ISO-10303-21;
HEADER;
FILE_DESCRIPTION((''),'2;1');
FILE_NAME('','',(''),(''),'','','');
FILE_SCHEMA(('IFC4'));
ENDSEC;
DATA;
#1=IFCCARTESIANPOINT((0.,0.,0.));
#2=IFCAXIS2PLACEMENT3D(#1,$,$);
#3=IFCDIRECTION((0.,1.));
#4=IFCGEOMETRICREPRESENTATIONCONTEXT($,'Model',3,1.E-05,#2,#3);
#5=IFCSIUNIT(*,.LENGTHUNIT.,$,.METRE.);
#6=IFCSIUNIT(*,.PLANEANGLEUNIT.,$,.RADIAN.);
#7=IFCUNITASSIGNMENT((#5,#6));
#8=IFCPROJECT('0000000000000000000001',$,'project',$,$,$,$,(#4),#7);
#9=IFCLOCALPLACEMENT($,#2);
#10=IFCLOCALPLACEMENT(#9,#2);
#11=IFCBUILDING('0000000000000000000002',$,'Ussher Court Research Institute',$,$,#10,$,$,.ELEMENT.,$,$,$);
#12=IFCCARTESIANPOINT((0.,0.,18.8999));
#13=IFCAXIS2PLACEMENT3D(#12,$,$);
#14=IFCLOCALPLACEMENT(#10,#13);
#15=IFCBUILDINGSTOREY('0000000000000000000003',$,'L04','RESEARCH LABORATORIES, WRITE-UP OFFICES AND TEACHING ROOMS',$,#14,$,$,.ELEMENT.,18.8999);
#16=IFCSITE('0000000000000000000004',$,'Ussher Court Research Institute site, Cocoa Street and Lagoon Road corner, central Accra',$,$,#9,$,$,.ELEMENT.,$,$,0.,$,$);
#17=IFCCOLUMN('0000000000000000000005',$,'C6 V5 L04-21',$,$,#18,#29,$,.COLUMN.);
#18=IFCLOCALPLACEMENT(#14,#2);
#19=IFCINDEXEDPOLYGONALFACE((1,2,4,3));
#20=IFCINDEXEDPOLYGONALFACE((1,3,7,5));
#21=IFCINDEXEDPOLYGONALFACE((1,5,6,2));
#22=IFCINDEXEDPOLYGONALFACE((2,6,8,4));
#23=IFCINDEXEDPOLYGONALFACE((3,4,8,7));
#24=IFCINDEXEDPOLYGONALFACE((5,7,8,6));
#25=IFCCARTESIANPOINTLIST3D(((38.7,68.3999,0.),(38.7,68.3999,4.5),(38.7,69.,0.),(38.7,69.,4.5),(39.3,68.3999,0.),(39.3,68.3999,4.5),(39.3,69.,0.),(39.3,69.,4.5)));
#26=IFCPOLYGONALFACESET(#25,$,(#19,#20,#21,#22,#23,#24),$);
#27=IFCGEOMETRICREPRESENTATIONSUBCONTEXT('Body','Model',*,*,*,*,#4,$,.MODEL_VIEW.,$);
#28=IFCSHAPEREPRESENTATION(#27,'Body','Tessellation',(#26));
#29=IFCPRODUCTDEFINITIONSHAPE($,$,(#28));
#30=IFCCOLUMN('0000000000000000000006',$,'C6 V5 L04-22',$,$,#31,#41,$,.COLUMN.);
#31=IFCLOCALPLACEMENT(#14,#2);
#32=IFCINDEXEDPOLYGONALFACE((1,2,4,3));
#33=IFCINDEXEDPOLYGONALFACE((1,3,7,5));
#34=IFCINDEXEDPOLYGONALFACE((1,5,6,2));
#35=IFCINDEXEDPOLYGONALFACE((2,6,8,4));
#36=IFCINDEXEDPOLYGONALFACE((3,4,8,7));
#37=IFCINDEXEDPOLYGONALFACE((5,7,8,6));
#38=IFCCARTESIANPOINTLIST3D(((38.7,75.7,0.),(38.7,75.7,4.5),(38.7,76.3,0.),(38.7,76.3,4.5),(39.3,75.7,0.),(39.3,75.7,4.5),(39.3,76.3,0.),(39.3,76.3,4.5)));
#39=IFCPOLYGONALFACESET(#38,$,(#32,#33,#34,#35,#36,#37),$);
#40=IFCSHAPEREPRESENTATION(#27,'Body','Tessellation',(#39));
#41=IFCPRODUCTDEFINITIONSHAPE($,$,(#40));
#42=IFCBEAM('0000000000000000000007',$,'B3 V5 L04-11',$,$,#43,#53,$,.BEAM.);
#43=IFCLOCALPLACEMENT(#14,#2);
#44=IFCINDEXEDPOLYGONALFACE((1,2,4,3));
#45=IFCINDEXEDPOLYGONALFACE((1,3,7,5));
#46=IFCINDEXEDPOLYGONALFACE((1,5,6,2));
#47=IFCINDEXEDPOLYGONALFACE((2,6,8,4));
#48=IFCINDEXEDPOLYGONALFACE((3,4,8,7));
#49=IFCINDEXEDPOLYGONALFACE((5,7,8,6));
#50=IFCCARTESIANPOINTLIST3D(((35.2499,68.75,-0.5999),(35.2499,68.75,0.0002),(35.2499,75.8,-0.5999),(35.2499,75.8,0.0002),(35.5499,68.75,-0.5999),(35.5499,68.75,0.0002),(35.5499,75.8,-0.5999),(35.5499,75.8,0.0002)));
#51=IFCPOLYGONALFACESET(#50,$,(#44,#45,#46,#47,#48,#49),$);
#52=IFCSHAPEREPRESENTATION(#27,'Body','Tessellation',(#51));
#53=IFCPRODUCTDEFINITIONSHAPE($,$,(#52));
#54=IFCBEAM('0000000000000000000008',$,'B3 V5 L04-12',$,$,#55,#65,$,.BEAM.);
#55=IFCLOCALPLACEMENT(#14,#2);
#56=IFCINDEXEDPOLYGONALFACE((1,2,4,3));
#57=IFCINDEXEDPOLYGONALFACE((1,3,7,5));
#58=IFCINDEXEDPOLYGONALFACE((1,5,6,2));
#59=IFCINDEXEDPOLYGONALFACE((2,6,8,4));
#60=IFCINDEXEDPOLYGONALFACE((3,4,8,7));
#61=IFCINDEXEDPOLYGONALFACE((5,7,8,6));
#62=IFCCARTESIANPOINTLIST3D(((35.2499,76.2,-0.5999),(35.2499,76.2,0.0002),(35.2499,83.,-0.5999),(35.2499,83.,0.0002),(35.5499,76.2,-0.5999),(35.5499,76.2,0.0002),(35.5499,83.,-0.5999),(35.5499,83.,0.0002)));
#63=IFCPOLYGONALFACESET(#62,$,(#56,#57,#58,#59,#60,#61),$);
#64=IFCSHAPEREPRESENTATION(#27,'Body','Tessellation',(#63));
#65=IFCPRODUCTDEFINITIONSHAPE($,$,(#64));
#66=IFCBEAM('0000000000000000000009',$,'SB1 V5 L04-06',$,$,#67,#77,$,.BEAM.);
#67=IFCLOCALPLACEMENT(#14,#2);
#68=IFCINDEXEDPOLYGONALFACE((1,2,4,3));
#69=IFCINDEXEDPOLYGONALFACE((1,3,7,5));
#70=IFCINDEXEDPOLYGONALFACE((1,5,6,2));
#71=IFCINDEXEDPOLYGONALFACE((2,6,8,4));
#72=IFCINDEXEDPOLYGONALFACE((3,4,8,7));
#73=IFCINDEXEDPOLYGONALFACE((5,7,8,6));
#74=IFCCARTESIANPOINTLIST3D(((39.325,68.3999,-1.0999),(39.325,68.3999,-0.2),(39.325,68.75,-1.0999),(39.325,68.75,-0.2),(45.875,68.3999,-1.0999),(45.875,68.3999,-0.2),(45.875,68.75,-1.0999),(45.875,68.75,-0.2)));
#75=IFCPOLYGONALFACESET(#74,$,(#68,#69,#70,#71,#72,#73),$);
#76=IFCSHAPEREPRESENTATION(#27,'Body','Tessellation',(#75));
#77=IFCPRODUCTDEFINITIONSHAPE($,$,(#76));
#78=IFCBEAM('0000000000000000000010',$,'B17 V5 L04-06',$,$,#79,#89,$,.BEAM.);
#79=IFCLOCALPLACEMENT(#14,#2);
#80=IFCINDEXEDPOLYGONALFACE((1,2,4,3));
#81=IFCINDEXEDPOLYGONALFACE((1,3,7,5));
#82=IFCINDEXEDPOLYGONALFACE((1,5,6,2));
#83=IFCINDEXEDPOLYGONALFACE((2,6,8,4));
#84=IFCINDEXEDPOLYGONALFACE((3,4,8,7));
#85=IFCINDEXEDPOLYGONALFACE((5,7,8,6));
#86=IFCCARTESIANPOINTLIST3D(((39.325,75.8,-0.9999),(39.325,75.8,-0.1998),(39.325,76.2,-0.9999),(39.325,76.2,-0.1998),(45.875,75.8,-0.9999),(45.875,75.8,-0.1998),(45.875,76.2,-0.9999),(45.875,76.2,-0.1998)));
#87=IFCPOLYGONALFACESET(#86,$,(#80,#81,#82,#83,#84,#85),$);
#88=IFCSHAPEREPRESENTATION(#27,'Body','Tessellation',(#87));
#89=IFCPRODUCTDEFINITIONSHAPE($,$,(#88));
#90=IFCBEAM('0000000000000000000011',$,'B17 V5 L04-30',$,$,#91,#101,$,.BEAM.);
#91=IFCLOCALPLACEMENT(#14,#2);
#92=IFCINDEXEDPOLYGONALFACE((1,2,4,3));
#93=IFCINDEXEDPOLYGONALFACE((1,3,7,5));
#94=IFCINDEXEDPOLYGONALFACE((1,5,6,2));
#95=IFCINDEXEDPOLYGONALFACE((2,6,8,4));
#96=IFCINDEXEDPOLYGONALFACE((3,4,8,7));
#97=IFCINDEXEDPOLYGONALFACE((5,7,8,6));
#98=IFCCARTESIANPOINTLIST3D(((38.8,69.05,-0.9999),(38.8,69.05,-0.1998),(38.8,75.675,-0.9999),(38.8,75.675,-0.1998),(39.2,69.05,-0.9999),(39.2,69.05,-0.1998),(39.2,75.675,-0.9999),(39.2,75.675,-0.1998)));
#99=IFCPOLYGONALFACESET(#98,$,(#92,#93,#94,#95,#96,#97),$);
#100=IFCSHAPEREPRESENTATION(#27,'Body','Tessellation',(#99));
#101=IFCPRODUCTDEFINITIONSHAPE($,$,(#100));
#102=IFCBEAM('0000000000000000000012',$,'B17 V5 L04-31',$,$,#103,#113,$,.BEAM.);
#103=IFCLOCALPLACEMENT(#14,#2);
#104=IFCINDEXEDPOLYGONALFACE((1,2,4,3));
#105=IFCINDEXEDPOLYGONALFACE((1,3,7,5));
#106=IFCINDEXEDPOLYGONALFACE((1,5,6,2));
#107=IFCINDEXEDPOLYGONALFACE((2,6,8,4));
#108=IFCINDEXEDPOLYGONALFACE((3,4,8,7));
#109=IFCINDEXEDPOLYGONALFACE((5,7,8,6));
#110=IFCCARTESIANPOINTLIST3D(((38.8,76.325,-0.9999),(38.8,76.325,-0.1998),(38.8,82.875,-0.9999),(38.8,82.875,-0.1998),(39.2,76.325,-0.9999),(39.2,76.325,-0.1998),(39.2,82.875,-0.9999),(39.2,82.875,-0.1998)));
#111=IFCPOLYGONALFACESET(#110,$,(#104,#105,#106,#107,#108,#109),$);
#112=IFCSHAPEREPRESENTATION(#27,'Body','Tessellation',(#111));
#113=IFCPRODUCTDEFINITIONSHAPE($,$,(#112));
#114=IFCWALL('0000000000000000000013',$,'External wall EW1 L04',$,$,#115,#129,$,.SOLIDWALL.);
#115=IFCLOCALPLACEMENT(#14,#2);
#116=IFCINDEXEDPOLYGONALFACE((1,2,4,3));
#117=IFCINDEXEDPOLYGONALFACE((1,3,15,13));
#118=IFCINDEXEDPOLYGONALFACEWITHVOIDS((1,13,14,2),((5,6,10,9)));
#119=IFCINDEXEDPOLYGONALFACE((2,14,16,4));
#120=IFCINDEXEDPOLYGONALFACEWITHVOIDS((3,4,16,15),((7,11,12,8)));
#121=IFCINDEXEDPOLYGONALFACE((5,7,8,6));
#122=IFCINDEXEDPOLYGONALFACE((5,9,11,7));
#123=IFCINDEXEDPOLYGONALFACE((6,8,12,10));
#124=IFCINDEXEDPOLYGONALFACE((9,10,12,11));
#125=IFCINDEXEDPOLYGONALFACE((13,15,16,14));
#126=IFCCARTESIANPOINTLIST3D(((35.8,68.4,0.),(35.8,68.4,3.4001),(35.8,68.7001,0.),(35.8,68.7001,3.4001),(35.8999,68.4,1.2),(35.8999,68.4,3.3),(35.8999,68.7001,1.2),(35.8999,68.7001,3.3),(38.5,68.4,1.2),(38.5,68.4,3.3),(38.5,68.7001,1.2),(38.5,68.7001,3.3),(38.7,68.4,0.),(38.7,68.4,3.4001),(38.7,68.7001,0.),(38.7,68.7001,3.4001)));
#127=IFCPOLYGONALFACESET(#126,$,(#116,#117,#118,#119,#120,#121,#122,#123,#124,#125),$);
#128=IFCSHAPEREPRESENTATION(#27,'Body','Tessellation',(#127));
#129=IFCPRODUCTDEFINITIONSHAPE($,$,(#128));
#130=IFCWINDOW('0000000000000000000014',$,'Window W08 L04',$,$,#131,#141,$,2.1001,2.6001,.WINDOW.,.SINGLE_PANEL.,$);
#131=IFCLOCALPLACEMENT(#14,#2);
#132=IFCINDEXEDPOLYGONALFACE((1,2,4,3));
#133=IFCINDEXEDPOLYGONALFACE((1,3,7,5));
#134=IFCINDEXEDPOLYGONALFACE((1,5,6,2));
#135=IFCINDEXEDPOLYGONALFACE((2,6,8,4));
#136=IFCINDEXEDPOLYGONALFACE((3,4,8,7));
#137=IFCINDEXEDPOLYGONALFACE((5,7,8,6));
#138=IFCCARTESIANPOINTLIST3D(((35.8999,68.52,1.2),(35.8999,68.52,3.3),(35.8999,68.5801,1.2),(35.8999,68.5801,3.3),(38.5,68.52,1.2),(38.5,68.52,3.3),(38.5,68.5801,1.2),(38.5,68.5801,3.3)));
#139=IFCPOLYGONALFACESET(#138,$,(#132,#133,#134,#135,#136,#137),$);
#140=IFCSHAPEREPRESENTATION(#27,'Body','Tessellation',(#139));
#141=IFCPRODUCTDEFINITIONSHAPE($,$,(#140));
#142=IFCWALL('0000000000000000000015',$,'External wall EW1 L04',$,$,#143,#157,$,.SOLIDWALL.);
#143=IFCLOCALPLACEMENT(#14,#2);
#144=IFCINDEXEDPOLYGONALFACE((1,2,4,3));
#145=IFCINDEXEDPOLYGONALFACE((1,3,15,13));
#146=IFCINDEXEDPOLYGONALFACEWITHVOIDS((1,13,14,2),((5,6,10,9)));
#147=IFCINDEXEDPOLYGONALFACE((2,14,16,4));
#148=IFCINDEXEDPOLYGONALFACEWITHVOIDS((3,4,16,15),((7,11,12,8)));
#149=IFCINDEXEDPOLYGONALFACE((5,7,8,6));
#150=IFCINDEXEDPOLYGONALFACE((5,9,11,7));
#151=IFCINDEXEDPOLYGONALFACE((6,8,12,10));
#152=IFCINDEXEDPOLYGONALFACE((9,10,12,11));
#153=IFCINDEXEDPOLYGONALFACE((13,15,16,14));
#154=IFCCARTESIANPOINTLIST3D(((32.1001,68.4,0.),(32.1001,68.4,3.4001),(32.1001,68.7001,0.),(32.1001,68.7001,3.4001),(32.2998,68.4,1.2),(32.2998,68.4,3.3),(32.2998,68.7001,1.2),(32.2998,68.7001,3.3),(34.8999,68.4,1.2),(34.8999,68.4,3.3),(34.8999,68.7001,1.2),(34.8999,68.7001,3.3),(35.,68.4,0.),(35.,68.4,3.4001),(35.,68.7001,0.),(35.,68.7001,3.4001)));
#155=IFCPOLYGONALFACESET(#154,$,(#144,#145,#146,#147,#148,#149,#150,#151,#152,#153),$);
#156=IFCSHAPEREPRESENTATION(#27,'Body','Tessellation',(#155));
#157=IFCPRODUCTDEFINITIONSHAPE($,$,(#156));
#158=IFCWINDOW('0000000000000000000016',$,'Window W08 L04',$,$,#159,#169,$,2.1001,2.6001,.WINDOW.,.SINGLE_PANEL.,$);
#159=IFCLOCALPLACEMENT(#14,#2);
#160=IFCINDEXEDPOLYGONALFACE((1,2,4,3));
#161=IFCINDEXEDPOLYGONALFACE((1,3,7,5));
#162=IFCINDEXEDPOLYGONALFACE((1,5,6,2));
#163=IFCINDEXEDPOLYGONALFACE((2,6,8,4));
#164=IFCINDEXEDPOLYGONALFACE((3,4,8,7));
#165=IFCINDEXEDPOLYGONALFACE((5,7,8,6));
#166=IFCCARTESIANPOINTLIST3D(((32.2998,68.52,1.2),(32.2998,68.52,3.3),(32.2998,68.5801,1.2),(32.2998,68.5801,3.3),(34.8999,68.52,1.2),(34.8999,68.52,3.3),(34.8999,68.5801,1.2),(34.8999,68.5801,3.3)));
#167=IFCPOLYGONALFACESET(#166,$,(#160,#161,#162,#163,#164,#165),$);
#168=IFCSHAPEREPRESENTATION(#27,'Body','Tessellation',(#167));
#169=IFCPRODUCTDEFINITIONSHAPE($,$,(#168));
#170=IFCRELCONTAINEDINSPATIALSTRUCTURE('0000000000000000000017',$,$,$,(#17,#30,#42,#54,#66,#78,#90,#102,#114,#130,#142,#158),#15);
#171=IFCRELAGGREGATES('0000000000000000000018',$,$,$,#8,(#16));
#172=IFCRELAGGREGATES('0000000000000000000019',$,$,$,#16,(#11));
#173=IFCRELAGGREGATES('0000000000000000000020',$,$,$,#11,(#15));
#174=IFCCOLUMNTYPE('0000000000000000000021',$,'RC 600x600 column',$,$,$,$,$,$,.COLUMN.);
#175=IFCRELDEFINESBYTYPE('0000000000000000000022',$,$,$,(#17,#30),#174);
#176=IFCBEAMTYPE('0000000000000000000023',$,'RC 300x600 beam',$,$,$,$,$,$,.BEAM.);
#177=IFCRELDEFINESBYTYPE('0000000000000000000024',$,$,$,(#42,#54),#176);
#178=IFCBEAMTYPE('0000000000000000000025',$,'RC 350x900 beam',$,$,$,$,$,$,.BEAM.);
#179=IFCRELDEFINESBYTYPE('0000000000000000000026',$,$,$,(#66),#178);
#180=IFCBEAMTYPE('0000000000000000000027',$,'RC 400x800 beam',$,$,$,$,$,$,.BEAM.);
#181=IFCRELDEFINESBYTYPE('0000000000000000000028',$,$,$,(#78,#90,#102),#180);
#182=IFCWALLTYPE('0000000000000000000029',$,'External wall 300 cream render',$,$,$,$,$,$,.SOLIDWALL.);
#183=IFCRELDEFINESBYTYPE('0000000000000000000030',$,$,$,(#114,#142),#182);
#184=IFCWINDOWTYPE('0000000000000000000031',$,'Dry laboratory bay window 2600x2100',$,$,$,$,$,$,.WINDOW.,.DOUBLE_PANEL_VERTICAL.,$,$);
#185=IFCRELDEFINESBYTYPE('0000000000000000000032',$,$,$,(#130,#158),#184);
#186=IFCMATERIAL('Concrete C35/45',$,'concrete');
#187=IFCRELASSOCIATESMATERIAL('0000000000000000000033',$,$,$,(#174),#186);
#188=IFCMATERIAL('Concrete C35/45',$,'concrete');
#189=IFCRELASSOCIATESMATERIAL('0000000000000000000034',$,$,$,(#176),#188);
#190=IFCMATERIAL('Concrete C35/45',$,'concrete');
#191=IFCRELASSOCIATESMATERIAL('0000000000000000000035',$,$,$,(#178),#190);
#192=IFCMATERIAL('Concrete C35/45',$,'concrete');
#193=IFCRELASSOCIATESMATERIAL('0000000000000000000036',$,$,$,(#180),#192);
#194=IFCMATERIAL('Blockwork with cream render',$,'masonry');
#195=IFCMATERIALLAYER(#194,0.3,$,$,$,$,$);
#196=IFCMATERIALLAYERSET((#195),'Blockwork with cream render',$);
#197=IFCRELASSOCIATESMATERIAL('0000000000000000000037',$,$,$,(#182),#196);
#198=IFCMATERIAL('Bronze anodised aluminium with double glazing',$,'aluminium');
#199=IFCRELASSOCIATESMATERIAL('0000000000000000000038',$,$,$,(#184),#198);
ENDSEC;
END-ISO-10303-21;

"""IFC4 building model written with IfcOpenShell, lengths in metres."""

from ifc_helpers import new_model, si_unit, direction, frame, frame_2d, origin, origin_2d, place, context, subcontext, project, spatial, rectangle, extrude, material, layer, layer_set, material_profile, profile_set, type_object, element, fill, save


model = new_model("IFC4")

# Units and contexts
model_context = context("Model", 3, precision=1e-05, world=origin(), true_north=direction((0.0, 1.0)))
body_context = subcontext(model_context, "Body", "Model", "MODEL_VIEW")
ifc_project = project(units=[si_unit("LENGTHUNIT", "METRE"), si_unit("PLANEANGLEUNIT", "RADIAN")], contexts=[model_context])

# Site, building, storey
site_placement = place(None, origin())
site = spatial("IfcSite", under=ifc_project, at=site_placement, Name="Ussher Court Research Institute site, Cocoa Street and Lagoon Road corner, central Accra", CompositionType="ELEMENT", RefElevation=0.0)
building_placement = place(site_placement, origin())
building = spatial("IfcBuilding", under=site, at=building_placement, Name="Ussher Court Research Institute", CompositionType="ELEMENT")
storey_placement = place(building_placement, frame((0.0, 0.0, 18.8999)))
storey = spatial("IfcBuildingStorey", under=building, at=storey_placement, Name="L04", Description="RESEARCH LABORATORIES, WRITE-UP OFFICES AND TEACHING ROOMS", CompositionType="ELEMENT", Elevation=18.8999)

# Columns
ifc_material_1 = material(Name="Concrete C35/45", Category="concrete")
ifc_material_profile_1 = material_profile(ifc_material_1, rectangle(XDim=0.6001, YDim=0.6001, at=origin_2d()), Name="RC 600x600")
ifc_profile_set_1 = profile_set([ifc_material_profile_1], Name="Concrete C35/45")
column_type = type_object("IfcColumnType", Name="RC 600x600 column", PredefinedType="COLUMN", material=ifc_profile_set_1)
for number, where, z_axis, x_axis, name in (
    (1, (39.0, 68.7, 0.0), (0.0, 0.0, 1.0), (1.0, 0.0, 0.0), "C6 V5 L04-21"),
    (2, (39.0, 76.0, 0.0), (0.0, 0.0, 1.0), (1.0, 0.0, 0.0), "C6 V5 L04-22"),
):
    element("IfcColumn", number, at=place(storey_placement, frame(where, z_axis=z_axis, x_axis=x_axis)), inside=storey, type_object=column_type, Name=name, PredefinedType="COLUMN", context=body_context, shape_type="SweptSolid", body=[
        extrude(rectangle(XDim=0.6001, YDim=0.6001, at=origin_2d()), origin(), (0.0, 0.0, 1.0), 4.5),
    ])

# Beams
ifc_material_2 = material(Name="Concrete C35/45", Category="concrete")
ifc_material_profile_2 = material_profile(ifc_material_2, rectangle(XDim=0.3, YDim=0.6001, at=origin_2d()), Name="RC 300x600")
ifc_profile_set_2 = profile_set([ifc_material_profile_2], Name="Concrete C35/45")
beam_type_1 = type_object("IfcBeamType", Name="RC 300x600 beam", PredefinedType="BEAM", material=ifc_profile_set_2)
beam_1_placement = place(storey_placement, frame((35.3999, 68.75, -0.2998), z_axis=(0.0, 1.0, 0.0), x_axis=(-1.0, 0.0, 0.0)))
element("IfcBeam", 3, at=beam_1_placement, inside=storey, type_object=beam_type_1, Name="B3 V5 L04-11", PredefinedType="BEAM", context=body_context, shape_type="SweptSolid", body=[
    extrude(rectangle(XDim=0.3, YDim=0.6001, at=origin_2d()), origin(), (0.0, 0.0, 1.0), 7.05),
])
beam_2_placement = place(storey_placement, frame((35.3999, 76.2, -0.2998), z_axis=(0.0, 1.0, 0.0), x_axis=(-1.0, 0.0, 0.0)))
element("IfcBeam", 4, at=beam_2_placement, inside=storey, type_object=beam_type_1, Name="B3 V5 L04-12", PredefinedType="BEAM", context=body_context, shape_type="SweptSolid", body=[
    extrude(rectangle(XDim=0.3, YDim=0.6001, at=origin_2d()), origin(), (0.0, 0.0, 1.0), 6.8),
])
ifc_material_3 = material(Name="Concrete C35/45", Category="concrete")
ifc_material_profile_3 = material_profile(ifc_material_3, rectangle(XDim=0.3501, YDim=0.8999, at=origin_2d()), Name="RC 350x900")
ifc_profile_set_3 = profile_set([ifc_material_profile_3], Name="Concrete C35/45")
beam_type_2 = type_object("IfcBeamType", Name="RC 350x900 beam", PredefinedType="BEAM", material=ifc_profile_set_3)
beam_3_placement = place(storey_placement, frame((39.325, 68.575, -0.6499), z_axis=(1.0, 0.0, 0.0), x_axis=(0.0, 1.0, 0.0)))
element("IfcBeam", 5, at=beam_3_placement, inside=storey, type_object=beam_type_2, Name="SB1 V5 L04-06", PredefinedType="BEAM", context=body_context, shape_type="SweptSolid", body=[
    extrude(rectangle(XDim=0.3501, YDim=0.8999, at=origin_2d()), origin(), (0.0, 0.0, 1.0), 6.55),
])
ifc_material_4 = material(Name="Concrete C35/45", Category="concrete")
ifc_material_profile_4 = material_profile(ifc_material_4, rectangle(XDim=0.3999, YDim=0.8, at=origin_2d()), Name="RC 400x800")
ifc_profile_set_4 = profile_set([ifc_material_profile_4], Name="Concrete C35/45")
beam_type_3 = type_object("IfcBeamType", Name="RC 400x800 beam", PredefinedType="BEAM", material=ifc_profile_set_4)
beam_4_placement = place(storey_placement, frame((39.325, 76.0, -0.5999), z_axis=(1.0, 0.0, 0.0), x_axis=(0.0, 1.0, 0.0)))
element("IfcBeam", 6, at=beam_4_placement, inside=storey, type_object=beam_type_3, Name="B17 V5 L04-06", PredefinedType="BEAM", context=body_context, shape_type="SweptSolid", body=[
    extrude(rectangle(XDim=0.3999, YDim=0.8, at=origin_2d()), origin(), (0.0, 0.0, 1.0), 6.55),
])
beam_5_placement = place(storey_placement, frame((39.0, 69.05, -0.5999), z_axis=(0.0, 1.0, 0.0), x_axis=(-1.0, 0.0, 0.0)))
element("IfcBeam", 7, at=beam_5_placement, inside=storey, type_object=beam_type_3, Name="B17 V5 L04-30", PredefinedType="BEAM", context=body_context, shape_type="SweptSolid", body=[
    extrude(rectangle(XDim=0.3999, YDim=0.8, at=origin_2d()), origin(), (0.0, 0.0, 1.0), 6.625),
])
beam_6_placement = place(storey_placement, frame((39.0, 76.325, -0.5999), z_axis=(0.0, 1.0, 0.0), x_axis=(-1.0, 0.0, 0.0)))
element("IfcBeam", 8, at=beam_6_placement, inside=storey, type_object=beam_type_3, Name="B17 V5 L04-31", PredefinedType="BEAM", context=body_context, shape_type="SweptSolid", body=[
    extrude(rectangle(XDim=0.3999, YDim=0.8, at=origin_2d()), origin(), (0.0, 0.0, 1.0), 6.55),
])

# Walls, openings, windows
ifc_material_5 = material(Name="Blockwork with cream render", Category="masonry")
ifc_layer_1 = layer(ifc_material_5, 0.3)
ifc_layer_set_1 = layer_set([ifc_layer_1], Name="Blockwork with cream render")
wall_type_1 = type_object("IfcWallType", Name="External wall 300 cream render", PredefinedType="SOLIDWALL", material=ifc_layer_set_1)
wall_1_placement = place(storey_placement, frame((38.7, 68.55, 0.0), z_axis=(0.0, 0.0, 1.0), x_axis=(-1.0, 0.0, 0.0)))
wall_1 = element("IfcWall", 9, at=wall_1_placement, inside=storey, type_object=wall_type_1, Name="External wall EW1 L04", PredefinedType="SOLIDWALL", context=body_context, shape_type="SweptSolid", body=[
    extrude(rectangle(XDim=2.8999, YDim=0.3, at=frame_2d((1.45, 0.0))), origin(), (0.0, 0.0, 1.0), 3.4001),
])
opening_1_placement = place(wall_1_placement, frame((0.2, 0.0, 1.2)))
opening_1 = element("IfcOpeningElement", 10, at=opening_1_placement, cuts=wall_1, PredefinedType="OPENING", context=body_context, shape_type="SweptSolid", body=[
    extrude(rectangle(XDim=2.6001, YDim=2.1001, at=frame_2d((1.3, 1.05))), frame((0.0, 0.1602, 0.0), z_axis=(0.0, -1.0, 0.0), x_axis=(1.0, 0.0, 0.0)), (0.0, 0.0, 1.0), 0.3201),
])
ifc_material_6 = material(Name="Bronze anodised aluminium with double glazing", Category="aluminium")
window_type = type_object("IfcWindowType", Name="Dry laboratory bay window 2600x2100", PartitioningType="DOUBLE_PANEL_VERTICAL", PredefinedType="WINDOW", material=ifc_material_6)
window_1_placement = place(opening_1_placement, origin())
window_1 = element("IfcWindow", 11, at=window_1_placement, inside=storey, type_object=window_type, Name="Window W08 L04", OverallHeight=2.1001, OverallWidth=2.6001, PartitioningType="SINGLE_PANEL", PredefinedType="WINDOW", context=body_context, shape_type="SweptSolid", body=[
    extrude(rectangle(XDim=2.6001, YDim=2.1001, at=frame_2d((1.3, 1.05))), frame((0.0, 0.03, 0.0), z_axis=(0.0, -1.0, 0.0), x_axis=(1.0, 0.0, 0.0)), (0.0, 0.0, 1.0), 0.0601),
])
fill(opening_1, window_1)
wall_2_placement = place(storey_placement, frame((35.0, 68.55, 0.0), z_axis=(0.0, 0.0, 1.0), x_axis=(-1.0, 0.0, 0.0)))
wall_2 = element("IfcWall", 12, at=wall_2_placement, inside=storey, type_object=wall_type_1, Name="External wall EW1 L04", PredefinedType="SOLIDWALL", context=body_context, shape_type="SweptSolid", body=[
    extrude(rectangle(XDim=2.8999, YDim=0.3, at=frame_2d((1.45, 0.0))), origin(), (0.0, 0.0, 1.0), 3.4001),
])
opening_2_placement = place(wall_2_placement, frame((0.1001, 0.0, 1.2)))
opening_2 = element("IfcOpeningElement", 13, at=opening_2_placement, cuts=wall_2, PredefinedType="OPENING", context=body_context, shape_type="SweptSolid", body=[
    extrude(rectangle(XDim=2.6001, YDim=2.1001, at=frame_2d((1.3, 1.05))), frame((0.0, 0.1602, 0.0), z_axis=(0.0, -1.0, 0.0), x_axis=(1.0, 0.0, 0.0)), (0.0, 0.0, 1.0), 0.3201),
])
window_2_placement = place(opening_2_placement, origin())
window_2 = element("IfcWindow", 14, at=window_2_placement, inside=storey, type_object=window_type, Name="Window W08 L04", OverallHeight=2.1001, OverallWidth=2.6001, PartitioningType="SINGLE_PANEL", PredefinedType="WINDOW", context=body_context, shape_type="SweptSolid", body=[
    extrude(rectangle(XDim=2.6001, YDim=2.1001, at=frame_2d((1.3, 1.05))), frame((0.0, 0.03, 0.0), z_axis=(0.0, -1.0, 0.0), x_axis=(1.0, 0.0, 0.0)), (0.0, 0.0, 1.0), 0.0601),
])
fill(opening_2, window_2)

save(model, "model.ifc")
